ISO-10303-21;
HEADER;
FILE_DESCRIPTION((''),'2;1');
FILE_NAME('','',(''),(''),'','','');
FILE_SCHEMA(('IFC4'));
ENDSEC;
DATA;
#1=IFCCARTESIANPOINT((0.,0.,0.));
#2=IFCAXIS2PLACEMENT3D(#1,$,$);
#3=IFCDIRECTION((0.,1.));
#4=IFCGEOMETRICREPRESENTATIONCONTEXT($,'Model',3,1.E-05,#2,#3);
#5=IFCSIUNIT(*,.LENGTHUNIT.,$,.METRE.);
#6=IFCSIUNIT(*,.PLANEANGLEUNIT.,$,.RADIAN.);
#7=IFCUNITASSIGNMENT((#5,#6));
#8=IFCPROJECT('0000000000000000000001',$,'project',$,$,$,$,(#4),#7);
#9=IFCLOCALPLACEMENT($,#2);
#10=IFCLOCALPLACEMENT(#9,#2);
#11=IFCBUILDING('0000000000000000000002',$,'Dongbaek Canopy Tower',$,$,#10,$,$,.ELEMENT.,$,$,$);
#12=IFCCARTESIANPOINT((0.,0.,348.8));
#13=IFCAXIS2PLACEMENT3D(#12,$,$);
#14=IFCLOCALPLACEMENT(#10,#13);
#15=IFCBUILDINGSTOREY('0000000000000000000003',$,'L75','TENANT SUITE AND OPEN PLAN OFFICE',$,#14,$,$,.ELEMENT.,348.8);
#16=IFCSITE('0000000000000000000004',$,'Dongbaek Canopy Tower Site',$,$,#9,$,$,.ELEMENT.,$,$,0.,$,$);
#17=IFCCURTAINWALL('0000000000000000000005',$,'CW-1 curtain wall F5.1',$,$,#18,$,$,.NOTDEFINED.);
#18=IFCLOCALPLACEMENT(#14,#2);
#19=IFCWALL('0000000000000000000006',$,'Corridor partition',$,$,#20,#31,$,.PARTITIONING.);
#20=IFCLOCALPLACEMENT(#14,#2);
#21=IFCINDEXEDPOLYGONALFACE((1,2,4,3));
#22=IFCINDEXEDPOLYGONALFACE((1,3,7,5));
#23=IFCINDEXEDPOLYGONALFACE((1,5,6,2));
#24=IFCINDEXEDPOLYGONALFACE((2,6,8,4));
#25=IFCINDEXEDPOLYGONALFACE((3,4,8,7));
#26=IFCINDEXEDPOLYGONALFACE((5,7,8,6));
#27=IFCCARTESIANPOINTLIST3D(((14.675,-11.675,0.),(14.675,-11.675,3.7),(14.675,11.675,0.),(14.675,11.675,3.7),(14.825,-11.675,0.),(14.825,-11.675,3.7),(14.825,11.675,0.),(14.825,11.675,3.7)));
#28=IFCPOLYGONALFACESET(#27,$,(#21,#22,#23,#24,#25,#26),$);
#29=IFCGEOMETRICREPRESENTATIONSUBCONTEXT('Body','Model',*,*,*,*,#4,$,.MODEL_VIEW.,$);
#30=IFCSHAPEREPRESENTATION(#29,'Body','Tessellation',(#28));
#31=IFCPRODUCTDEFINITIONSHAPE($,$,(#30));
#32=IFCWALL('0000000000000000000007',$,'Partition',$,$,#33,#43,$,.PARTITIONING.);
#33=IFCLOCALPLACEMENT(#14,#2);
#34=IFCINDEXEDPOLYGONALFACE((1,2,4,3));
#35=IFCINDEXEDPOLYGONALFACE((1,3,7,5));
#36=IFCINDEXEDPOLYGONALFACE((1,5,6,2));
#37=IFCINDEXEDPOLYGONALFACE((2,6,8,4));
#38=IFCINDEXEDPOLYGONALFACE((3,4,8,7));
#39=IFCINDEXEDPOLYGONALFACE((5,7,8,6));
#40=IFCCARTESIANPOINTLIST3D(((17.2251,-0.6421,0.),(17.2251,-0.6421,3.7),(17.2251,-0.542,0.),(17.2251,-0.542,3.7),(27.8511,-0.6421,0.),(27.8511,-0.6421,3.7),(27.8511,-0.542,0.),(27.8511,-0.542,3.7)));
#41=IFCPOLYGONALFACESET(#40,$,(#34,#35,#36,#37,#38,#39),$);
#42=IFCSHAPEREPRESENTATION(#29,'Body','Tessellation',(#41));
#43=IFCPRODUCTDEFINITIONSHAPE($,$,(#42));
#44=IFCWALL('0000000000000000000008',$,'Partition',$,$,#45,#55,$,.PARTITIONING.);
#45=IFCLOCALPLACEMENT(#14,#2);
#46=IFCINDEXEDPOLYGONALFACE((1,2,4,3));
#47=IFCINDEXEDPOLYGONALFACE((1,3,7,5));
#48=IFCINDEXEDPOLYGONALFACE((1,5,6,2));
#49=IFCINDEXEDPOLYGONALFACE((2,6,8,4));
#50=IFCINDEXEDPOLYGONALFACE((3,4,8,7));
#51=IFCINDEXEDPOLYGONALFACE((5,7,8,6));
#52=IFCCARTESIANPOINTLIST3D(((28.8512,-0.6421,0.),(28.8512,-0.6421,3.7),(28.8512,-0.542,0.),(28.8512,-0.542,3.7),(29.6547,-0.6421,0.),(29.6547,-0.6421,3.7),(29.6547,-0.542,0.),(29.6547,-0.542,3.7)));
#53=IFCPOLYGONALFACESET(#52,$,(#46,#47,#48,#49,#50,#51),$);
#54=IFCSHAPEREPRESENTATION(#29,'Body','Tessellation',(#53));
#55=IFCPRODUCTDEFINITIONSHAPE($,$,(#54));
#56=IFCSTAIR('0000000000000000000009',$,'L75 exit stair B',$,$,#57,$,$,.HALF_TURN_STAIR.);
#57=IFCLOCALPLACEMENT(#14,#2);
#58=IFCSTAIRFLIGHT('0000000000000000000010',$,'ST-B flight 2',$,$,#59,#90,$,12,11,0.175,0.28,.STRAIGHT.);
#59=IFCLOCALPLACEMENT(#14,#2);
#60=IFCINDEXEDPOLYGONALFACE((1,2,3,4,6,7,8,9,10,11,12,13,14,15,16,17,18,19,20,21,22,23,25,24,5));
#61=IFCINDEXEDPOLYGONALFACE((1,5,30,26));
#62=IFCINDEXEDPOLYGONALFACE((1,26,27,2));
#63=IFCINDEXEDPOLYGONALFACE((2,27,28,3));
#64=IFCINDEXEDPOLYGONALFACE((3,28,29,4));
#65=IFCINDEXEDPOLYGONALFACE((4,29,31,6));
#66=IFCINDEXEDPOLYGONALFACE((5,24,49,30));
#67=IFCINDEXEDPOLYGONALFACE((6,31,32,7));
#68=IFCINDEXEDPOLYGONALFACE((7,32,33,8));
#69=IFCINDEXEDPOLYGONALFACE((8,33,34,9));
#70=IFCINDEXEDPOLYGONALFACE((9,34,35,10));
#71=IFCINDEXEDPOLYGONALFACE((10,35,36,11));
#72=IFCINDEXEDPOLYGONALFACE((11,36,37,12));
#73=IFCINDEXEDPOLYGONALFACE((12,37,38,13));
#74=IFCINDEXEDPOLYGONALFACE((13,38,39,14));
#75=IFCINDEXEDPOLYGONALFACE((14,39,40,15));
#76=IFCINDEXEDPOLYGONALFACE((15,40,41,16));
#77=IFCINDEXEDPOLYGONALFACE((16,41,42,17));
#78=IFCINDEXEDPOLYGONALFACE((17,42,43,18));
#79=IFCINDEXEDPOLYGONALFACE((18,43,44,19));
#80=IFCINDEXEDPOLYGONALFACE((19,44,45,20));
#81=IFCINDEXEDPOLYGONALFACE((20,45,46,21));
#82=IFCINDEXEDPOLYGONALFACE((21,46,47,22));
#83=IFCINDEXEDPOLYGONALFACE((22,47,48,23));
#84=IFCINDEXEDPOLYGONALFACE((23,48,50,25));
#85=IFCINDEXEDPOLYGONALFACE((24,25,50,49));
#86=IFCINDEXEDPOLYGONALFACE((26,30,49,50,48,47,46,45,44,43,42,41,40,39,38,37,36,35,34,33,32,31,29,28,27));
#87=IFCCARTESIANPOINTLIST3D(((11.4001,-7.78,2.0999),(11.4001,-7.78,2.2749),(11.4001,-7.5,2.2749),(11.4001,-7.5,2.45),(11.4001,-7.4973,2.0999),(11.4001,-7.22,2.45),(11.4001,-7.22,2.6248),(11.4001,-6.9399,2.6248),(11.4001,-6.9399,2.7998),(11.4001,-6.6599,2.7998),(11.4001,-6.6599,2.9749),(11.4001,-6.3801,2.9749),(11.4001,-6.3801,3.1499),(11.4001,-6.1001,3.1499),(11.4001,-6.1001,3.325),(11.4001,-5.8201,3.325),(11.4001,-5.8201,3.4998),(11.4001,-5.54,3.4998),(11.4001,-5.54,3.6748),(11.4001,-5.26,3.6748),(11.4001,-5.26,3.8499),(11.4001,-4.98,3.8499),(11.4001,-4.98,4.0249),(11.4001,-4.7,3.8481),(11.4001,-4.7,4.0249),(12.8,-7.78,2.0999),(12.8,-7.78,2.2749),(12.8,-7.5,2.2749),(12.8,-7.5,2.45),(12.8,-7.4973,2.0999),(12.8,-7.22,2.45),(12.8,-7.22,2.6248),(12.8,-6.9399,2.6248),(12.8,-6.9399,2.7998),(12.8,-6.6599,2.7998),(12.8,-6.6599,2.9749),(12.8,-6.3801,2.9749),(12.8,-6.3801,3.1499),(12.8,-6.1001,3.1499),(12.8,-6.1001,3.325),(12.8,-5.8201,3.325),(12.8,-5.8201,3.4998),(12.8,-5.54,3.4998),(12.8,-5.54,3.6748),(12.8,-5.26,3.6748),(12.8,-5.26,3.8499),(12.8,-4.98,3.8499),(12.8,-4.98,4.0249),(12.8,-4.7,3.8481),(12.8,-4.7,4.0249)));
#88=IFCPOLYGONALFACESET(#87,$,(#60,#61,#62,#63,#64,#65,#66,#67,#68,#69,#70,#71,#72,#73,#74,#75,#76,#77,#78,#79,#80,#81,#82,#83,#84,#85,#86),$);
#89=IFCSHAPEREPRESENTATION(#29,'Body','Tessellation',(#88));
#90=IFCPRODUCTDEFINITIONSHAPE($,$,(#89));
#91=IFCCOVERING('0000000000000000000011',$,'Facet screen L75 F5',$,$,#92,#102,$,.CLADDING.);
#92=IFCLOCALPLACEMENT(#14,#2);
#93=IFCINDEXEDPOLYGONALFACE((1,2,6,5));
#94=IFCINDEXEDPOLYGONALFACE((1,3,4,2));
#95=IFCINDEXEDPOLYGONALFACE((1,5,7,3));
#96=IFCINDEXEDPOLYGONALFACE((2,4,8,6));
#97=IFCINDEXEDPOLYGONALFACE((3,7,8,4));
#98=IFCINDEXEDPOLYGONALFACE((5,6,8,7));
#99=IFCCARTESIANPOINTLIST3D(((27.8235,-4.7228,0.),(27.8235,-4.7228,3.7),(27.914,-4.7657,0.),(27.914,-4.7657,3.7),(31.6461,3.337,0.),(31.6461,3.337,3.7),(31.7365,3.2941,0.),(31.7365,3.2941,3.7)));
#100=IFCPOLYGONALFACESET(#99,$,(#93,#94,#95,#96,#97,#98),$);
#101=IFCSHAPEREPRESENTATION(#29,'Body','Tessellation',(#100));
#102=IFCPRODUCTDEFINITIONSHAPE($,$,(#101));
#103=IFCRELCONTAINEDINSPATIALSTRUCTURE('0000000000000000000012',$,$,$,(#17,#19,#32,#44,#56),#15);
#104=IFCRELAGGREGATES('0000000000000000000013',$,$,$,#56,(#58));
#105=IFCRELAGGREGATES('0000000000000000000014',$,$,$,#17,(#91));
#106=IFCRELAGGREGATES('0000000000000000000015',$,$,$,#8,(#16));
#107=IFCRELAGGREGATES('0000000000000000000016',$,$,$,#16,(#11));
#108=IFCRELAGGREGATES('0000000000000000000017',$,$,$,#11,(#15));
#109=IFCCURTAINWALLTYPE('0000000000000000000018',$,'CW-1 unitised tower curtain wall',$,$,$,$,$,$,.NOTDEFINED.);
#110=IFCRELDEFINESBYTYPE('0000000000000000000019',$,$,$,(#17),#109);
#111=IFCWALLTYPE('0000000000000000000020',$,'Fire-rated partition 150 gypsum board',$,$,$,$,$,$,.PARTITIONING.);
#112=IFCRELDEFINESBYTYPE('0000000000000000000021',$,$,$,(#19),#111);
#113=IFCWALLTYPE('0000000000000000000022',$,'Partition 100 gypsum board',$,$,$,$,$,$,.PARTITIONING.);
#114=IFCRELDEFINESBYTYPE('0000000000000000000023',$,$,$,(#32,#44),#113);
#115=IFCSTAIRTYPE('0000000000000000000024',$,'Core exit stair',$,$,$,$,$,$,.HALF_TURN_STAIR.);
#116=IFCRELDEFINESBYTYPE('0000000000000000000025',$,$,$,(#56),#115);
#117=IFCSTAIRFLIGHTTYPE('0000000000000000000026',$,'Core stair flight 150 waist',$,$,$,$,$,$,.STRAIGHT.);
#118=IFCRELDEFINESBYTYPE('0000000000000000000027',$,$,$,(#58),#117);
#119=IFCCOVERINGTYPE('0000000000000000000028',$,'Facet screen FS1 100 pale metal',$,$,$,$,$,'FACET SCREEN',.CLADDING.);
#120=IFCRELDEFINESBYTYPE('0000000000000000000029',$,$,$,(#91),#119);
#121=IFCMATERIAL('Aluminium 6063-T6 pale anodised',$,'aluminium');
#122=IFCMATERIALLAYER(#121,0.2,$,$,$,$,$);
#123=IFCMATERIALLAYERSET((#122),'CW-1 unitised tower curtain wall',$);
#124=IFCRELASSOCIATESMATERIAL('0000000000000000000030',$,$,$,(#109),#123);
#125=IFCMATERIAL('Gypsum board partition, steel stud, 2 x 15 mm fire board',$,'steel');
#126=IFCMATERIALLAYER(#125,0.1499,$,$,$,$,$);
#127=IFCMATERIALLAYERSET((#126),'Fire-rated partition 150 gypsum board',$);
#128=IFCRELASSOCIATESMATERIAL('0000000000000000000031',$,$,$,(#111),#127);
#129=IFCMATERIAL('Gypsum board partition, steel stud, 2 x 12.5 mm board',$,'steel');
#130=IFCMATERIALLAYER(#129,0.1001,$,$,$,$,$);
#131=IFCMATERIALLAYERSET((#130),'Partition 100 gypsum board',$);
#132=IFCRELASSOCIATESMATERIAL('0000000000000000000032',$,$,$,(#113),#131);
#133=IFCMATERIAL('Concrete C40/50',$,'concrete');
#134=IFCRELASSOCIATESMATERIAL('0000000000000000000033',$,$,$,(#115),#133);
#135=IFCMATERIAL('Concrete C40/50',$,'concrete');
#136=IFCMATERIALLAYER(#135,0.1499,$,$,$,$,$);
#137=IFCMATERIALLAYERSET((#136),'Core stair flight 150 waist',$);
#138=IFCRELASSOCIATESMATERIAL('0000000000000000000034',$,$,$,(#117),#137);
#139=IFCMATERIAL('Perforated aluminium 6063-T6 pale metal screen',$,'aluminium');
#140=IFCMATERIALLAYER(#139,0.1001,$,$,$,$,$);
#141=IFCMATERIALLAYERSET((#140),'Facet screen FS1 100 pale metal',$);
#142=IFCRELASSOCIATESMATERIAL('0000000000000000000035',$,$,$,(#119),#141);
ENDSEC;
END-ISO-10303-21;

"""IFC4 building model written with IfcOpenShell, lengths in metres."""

from ifc_helpers import new_model, si_unit, direction, frame, frame_2d, origin, origin_2d, place, context, subcontext, project, spatial, polyline, rectangle, outline, extrude, material, layer, layer_set, type_object, element, aggregate, save


model = new_model("IFC4")

# Units and contexts
model_context = context("Model", 3, precision=1e-05, world=origin(), true_north=direction((0.0, 1.0)))
body_context = subcontext(model_context, "Body", "Model", "MODEL_VIEW")
ifc_project = project(units=[si_unit("LENGTHUNIT", "METRE"), si_unit("PLANEANGLEUNIT", "RADIAN")], contexts=[model_context])

# Site, building, storey
site_placement = place(None, origin())
site = spatial("IfcSite", under=ifc_project, at=site_placement, Name="Dongbaek Canopy Tower Site", CompositionType="ELEMENT", RefElevation=0.0)
building_placement = place(site_placement, origin())
building = spatial("IfcBuilding", under=site, at=building_placement, Name="Dongbaek Canopy Tower", CompositionType="ELEMENT")
storey_placement = place(building_placement, frame((0.0, 0.0, 348.8)))
storey = spatial("IfcBuildingStorey", under=building, at=storey_placement, Name="L75", Description="TENANT SUITE AND OPEN PLAN OFFICE", CompositionType="ELEMENT", Elevation=348.8)

# Curtain wall
ifc_material_1 = material(Name="Aluminium 6063-T6 pale anodised", Category="aluminium")
ifc_layer_1 = layer(ifc_material_1, 0.2)
ifc_layer_set_1 = layer_set([ifc_layer_1], Name="CW-1 unitised tower curtain wall")
curtain_wall_type = type_object("IfcCurtainWallType", Name="CW-1 unitised tower curtain wall", PredefinedType="NOTDEFINED", material=ifc_layer_set_1)
curtain_wall_placement = place(storey_placement, origin())
curtain_wall = element("IfcCurtainWall", 1, at=curtain_wall_placement, inside=storey, type_object=curtain_wall_type, Name="CW-1 curtain wall F5.1", PredefinedType="NOTDEFINED")

# Walls
ifc_material_2 = material(Name="Gypsum board partition, steel stud, 2 x 15 mm fire board", Category="steel")
ifc_layer_2 = layer(ifc_material_2, 0.1499)
ifc_layer_set_2 = layer_set([ifc_layer_2], Name="Fire-rated partition 150 gypsum board")
wall_type_1 = type_object("IfcWallType", Name="Fire-rated partition 150 gypsum board", PredefinedType="PARTITIONING", material=ifc_layer_set_2)
wall_1_placement = place(storey_placement, frame((14.75, -11.675, 0.0), z_axis=(0.0, 0.0, 1.0), x_axis=(0.0, 1.0, 0.0)))
element("IfcWall", 2, at=wall_1_placement, inside=storey, type_object=wall_type_1, Name="Corridor partition", PredefinedType="PARTITIONING", context=body_context, shape_type="SweptSolid", body=[
    extrude(rectangle(XDim=23.3501, YDim=0.1499, at=frame_2d((11.675, 0.0))), origin(), (0.0, 0.0, 1.0), 3.7),
])
ifc_material_3 = material(Name="Gypsum board partition, steel stud, 2 x 12.5 mm board", Category="steel")
ifc_layer_3 = layer(ifc_material_3, 0.1001)
ifc_layer_set_3 = layer_set([ifc_layer_3], Name="Partition 100 gypsum board")
wall_type_2 = type_object("IfcWallType", Name="Partition 100 gypsum board", PredefinedType="PARTITIONING", material=ifc_layer_set_3)
wall_2_placement = place(storey_placement, frame((17.2251, -0.592, 0.0), z_axis=(0.0, 0.0, 1.0), x_axis=(1.0, 0.0, 0.0)))
element("IfcWall", 3, at=wall_2_placement, inside=storey, type_object=wall_type_2, Name="Partition", PredefinedType="PARTITIONING", context=body_context, shape_type="SweptSolid", body=[
    extrude(rectangle(XDim=10.626, YDim=0.1001, at=frame_2d((5.313, 0.0))), origin(), (0.0, 0.0, 1.0), 3.7),
])
wall_3_placement = place(storey_placement, frame((28.8511, -0.592, 0.0), z_axis=(0.0, 0.0, 1.0), x_axis=(1.0, 0.0, 0.0)))
element("IfcWall", 4, at=wall_3_placement, inside=storey, type_object=wall_type_2, Name="Partition", PredefinedType="PARTITIONING", context=body_context, shape_type="SweptSolid", body=[
    extrude(rectangle(XDim=0.8035, YDim=0.1001, at=frame_2d((0.4019, 0.0))), origin(), (0.0, 0.0, 1.0), 3.7),
])

# Stair, stair flight
ifc_material_4 = material(Name="Concrete C40/50", Category="concrete")
stair_type = type_object("IfcStairType", Name="Core exit stair", PredefinedType="HALF_TURN_STAIR", material=ifc_material_4)
stair_placement = place(storey_placement, origin())
stair = element("IfcStair", 5, at=stair_placement, inside=storey, type_object=stair_type, Name="L75 exit stair B", PredefinedType="HALF_TURN_STAIR")
ifc_material_5 = material(Name="Concrete C40/50", Category="concrete")
ifc_layer_4 = layer(ifc_material_5, 0.1499)
ifc_layer_set_4 = layer_set([ifc_layer_4], Name="Core stair flight 150 waist")
stair_flight_type = type_object("IfcStairFlightType", Name="Core stair flight 150 waist", PredefinedType="STRAIGHT", material=ifc_layer_set_4)
stair_flight_placement = place(storey_placement, frame((12.1001, -7.78, 2.0999), z_axis=(0.0, 0.0, 1.0), x_axis=(0.0, 1.0, 0.0)))
stair_flight = element("IfcStairFlight", 6, at=stair_flight_placement, type_object=stair_flight_type, Name="ST-B flight 2", NumberOfRisers=12, NumberOfTreads=11, PredefinedType="STRAIGHT", RiserHeight=0.175, TreadLength=0.28, context=body_context, shape_type="SweptSolid", body=[
    extrude(outline(polyline([(0.0, 0.0), (0.0, 0.175), (0.28, 0.175), (0.28, 0.3501), (0.5601, 0.3501), (0.5601, 0.5249), (0.8401, 0.5249), (0.8401, 0.7), (1.1201, 0.7), (1.1201, 0.875), (1.3999, 0.875), (1.3999, 1.05), (1.6799, 1.05), (1.6799, 1.2251), (1.96, 1.2251), (1.96, 1.3999), (2.24, 1.3999), (2.24, 1.575), (2.52, 1.575), (2.52, 1.75), (2.8, 1.75), (2.8, 1.925), (3.0801, 1.925), (3.0801, 2.1001), (3.0801, 1.7483), (0.2827, 0.0), (0.0, 0.0)])), frame((0.0, 0.7, 0.0), z_axis=(0.0, -1.0, 0.0), x_axis=(1.0, 0.0, 0.0)), (0.0, 0.0, 1.0), 1.3999),
])
aggregate(stair, [stair_flight])

# Covering
ifc_material_6 = material(Name="Perforated aluminium 6063-T6 pale metal screen", Category="aluminium")
ifc_layer_5 = layer(ifc_material_6, 0.1001)
ifc_layer_set_5 = layer_set([ifc_layer_5], Name="Facet screen FS1 100 pale metal")
covering_type = type_object("IfcCoveringType", Name="Facet screen FS1 100 pale metal", ElementType="FACET SCREEN", PredefinedType="CLADDING", material=ifc_layer_set_5)
covering_placement = place(storey_placement, frame((29.78, -0.7144, 0.0), z_axis=(0.0, 0.0, 1.0), x_axis=(0.428522, 0.903531, 0.0)))
covering = element("IfcCovering", 7, at=covering_placement, type_object=covering_type, Name="Facet screen L75 F5", PredefinedType="CLADDING", context=body_context, shape_type="SweptSolid", body=[
    extrude(rectangle(XDim=8.9204, YDim=0.1001, at=origin_2d()), origin(), (0.0, 0.0, 1.0), 3.7),
])
aggregate(curtain_wall, [covering])

save(model, "model.ifc")
